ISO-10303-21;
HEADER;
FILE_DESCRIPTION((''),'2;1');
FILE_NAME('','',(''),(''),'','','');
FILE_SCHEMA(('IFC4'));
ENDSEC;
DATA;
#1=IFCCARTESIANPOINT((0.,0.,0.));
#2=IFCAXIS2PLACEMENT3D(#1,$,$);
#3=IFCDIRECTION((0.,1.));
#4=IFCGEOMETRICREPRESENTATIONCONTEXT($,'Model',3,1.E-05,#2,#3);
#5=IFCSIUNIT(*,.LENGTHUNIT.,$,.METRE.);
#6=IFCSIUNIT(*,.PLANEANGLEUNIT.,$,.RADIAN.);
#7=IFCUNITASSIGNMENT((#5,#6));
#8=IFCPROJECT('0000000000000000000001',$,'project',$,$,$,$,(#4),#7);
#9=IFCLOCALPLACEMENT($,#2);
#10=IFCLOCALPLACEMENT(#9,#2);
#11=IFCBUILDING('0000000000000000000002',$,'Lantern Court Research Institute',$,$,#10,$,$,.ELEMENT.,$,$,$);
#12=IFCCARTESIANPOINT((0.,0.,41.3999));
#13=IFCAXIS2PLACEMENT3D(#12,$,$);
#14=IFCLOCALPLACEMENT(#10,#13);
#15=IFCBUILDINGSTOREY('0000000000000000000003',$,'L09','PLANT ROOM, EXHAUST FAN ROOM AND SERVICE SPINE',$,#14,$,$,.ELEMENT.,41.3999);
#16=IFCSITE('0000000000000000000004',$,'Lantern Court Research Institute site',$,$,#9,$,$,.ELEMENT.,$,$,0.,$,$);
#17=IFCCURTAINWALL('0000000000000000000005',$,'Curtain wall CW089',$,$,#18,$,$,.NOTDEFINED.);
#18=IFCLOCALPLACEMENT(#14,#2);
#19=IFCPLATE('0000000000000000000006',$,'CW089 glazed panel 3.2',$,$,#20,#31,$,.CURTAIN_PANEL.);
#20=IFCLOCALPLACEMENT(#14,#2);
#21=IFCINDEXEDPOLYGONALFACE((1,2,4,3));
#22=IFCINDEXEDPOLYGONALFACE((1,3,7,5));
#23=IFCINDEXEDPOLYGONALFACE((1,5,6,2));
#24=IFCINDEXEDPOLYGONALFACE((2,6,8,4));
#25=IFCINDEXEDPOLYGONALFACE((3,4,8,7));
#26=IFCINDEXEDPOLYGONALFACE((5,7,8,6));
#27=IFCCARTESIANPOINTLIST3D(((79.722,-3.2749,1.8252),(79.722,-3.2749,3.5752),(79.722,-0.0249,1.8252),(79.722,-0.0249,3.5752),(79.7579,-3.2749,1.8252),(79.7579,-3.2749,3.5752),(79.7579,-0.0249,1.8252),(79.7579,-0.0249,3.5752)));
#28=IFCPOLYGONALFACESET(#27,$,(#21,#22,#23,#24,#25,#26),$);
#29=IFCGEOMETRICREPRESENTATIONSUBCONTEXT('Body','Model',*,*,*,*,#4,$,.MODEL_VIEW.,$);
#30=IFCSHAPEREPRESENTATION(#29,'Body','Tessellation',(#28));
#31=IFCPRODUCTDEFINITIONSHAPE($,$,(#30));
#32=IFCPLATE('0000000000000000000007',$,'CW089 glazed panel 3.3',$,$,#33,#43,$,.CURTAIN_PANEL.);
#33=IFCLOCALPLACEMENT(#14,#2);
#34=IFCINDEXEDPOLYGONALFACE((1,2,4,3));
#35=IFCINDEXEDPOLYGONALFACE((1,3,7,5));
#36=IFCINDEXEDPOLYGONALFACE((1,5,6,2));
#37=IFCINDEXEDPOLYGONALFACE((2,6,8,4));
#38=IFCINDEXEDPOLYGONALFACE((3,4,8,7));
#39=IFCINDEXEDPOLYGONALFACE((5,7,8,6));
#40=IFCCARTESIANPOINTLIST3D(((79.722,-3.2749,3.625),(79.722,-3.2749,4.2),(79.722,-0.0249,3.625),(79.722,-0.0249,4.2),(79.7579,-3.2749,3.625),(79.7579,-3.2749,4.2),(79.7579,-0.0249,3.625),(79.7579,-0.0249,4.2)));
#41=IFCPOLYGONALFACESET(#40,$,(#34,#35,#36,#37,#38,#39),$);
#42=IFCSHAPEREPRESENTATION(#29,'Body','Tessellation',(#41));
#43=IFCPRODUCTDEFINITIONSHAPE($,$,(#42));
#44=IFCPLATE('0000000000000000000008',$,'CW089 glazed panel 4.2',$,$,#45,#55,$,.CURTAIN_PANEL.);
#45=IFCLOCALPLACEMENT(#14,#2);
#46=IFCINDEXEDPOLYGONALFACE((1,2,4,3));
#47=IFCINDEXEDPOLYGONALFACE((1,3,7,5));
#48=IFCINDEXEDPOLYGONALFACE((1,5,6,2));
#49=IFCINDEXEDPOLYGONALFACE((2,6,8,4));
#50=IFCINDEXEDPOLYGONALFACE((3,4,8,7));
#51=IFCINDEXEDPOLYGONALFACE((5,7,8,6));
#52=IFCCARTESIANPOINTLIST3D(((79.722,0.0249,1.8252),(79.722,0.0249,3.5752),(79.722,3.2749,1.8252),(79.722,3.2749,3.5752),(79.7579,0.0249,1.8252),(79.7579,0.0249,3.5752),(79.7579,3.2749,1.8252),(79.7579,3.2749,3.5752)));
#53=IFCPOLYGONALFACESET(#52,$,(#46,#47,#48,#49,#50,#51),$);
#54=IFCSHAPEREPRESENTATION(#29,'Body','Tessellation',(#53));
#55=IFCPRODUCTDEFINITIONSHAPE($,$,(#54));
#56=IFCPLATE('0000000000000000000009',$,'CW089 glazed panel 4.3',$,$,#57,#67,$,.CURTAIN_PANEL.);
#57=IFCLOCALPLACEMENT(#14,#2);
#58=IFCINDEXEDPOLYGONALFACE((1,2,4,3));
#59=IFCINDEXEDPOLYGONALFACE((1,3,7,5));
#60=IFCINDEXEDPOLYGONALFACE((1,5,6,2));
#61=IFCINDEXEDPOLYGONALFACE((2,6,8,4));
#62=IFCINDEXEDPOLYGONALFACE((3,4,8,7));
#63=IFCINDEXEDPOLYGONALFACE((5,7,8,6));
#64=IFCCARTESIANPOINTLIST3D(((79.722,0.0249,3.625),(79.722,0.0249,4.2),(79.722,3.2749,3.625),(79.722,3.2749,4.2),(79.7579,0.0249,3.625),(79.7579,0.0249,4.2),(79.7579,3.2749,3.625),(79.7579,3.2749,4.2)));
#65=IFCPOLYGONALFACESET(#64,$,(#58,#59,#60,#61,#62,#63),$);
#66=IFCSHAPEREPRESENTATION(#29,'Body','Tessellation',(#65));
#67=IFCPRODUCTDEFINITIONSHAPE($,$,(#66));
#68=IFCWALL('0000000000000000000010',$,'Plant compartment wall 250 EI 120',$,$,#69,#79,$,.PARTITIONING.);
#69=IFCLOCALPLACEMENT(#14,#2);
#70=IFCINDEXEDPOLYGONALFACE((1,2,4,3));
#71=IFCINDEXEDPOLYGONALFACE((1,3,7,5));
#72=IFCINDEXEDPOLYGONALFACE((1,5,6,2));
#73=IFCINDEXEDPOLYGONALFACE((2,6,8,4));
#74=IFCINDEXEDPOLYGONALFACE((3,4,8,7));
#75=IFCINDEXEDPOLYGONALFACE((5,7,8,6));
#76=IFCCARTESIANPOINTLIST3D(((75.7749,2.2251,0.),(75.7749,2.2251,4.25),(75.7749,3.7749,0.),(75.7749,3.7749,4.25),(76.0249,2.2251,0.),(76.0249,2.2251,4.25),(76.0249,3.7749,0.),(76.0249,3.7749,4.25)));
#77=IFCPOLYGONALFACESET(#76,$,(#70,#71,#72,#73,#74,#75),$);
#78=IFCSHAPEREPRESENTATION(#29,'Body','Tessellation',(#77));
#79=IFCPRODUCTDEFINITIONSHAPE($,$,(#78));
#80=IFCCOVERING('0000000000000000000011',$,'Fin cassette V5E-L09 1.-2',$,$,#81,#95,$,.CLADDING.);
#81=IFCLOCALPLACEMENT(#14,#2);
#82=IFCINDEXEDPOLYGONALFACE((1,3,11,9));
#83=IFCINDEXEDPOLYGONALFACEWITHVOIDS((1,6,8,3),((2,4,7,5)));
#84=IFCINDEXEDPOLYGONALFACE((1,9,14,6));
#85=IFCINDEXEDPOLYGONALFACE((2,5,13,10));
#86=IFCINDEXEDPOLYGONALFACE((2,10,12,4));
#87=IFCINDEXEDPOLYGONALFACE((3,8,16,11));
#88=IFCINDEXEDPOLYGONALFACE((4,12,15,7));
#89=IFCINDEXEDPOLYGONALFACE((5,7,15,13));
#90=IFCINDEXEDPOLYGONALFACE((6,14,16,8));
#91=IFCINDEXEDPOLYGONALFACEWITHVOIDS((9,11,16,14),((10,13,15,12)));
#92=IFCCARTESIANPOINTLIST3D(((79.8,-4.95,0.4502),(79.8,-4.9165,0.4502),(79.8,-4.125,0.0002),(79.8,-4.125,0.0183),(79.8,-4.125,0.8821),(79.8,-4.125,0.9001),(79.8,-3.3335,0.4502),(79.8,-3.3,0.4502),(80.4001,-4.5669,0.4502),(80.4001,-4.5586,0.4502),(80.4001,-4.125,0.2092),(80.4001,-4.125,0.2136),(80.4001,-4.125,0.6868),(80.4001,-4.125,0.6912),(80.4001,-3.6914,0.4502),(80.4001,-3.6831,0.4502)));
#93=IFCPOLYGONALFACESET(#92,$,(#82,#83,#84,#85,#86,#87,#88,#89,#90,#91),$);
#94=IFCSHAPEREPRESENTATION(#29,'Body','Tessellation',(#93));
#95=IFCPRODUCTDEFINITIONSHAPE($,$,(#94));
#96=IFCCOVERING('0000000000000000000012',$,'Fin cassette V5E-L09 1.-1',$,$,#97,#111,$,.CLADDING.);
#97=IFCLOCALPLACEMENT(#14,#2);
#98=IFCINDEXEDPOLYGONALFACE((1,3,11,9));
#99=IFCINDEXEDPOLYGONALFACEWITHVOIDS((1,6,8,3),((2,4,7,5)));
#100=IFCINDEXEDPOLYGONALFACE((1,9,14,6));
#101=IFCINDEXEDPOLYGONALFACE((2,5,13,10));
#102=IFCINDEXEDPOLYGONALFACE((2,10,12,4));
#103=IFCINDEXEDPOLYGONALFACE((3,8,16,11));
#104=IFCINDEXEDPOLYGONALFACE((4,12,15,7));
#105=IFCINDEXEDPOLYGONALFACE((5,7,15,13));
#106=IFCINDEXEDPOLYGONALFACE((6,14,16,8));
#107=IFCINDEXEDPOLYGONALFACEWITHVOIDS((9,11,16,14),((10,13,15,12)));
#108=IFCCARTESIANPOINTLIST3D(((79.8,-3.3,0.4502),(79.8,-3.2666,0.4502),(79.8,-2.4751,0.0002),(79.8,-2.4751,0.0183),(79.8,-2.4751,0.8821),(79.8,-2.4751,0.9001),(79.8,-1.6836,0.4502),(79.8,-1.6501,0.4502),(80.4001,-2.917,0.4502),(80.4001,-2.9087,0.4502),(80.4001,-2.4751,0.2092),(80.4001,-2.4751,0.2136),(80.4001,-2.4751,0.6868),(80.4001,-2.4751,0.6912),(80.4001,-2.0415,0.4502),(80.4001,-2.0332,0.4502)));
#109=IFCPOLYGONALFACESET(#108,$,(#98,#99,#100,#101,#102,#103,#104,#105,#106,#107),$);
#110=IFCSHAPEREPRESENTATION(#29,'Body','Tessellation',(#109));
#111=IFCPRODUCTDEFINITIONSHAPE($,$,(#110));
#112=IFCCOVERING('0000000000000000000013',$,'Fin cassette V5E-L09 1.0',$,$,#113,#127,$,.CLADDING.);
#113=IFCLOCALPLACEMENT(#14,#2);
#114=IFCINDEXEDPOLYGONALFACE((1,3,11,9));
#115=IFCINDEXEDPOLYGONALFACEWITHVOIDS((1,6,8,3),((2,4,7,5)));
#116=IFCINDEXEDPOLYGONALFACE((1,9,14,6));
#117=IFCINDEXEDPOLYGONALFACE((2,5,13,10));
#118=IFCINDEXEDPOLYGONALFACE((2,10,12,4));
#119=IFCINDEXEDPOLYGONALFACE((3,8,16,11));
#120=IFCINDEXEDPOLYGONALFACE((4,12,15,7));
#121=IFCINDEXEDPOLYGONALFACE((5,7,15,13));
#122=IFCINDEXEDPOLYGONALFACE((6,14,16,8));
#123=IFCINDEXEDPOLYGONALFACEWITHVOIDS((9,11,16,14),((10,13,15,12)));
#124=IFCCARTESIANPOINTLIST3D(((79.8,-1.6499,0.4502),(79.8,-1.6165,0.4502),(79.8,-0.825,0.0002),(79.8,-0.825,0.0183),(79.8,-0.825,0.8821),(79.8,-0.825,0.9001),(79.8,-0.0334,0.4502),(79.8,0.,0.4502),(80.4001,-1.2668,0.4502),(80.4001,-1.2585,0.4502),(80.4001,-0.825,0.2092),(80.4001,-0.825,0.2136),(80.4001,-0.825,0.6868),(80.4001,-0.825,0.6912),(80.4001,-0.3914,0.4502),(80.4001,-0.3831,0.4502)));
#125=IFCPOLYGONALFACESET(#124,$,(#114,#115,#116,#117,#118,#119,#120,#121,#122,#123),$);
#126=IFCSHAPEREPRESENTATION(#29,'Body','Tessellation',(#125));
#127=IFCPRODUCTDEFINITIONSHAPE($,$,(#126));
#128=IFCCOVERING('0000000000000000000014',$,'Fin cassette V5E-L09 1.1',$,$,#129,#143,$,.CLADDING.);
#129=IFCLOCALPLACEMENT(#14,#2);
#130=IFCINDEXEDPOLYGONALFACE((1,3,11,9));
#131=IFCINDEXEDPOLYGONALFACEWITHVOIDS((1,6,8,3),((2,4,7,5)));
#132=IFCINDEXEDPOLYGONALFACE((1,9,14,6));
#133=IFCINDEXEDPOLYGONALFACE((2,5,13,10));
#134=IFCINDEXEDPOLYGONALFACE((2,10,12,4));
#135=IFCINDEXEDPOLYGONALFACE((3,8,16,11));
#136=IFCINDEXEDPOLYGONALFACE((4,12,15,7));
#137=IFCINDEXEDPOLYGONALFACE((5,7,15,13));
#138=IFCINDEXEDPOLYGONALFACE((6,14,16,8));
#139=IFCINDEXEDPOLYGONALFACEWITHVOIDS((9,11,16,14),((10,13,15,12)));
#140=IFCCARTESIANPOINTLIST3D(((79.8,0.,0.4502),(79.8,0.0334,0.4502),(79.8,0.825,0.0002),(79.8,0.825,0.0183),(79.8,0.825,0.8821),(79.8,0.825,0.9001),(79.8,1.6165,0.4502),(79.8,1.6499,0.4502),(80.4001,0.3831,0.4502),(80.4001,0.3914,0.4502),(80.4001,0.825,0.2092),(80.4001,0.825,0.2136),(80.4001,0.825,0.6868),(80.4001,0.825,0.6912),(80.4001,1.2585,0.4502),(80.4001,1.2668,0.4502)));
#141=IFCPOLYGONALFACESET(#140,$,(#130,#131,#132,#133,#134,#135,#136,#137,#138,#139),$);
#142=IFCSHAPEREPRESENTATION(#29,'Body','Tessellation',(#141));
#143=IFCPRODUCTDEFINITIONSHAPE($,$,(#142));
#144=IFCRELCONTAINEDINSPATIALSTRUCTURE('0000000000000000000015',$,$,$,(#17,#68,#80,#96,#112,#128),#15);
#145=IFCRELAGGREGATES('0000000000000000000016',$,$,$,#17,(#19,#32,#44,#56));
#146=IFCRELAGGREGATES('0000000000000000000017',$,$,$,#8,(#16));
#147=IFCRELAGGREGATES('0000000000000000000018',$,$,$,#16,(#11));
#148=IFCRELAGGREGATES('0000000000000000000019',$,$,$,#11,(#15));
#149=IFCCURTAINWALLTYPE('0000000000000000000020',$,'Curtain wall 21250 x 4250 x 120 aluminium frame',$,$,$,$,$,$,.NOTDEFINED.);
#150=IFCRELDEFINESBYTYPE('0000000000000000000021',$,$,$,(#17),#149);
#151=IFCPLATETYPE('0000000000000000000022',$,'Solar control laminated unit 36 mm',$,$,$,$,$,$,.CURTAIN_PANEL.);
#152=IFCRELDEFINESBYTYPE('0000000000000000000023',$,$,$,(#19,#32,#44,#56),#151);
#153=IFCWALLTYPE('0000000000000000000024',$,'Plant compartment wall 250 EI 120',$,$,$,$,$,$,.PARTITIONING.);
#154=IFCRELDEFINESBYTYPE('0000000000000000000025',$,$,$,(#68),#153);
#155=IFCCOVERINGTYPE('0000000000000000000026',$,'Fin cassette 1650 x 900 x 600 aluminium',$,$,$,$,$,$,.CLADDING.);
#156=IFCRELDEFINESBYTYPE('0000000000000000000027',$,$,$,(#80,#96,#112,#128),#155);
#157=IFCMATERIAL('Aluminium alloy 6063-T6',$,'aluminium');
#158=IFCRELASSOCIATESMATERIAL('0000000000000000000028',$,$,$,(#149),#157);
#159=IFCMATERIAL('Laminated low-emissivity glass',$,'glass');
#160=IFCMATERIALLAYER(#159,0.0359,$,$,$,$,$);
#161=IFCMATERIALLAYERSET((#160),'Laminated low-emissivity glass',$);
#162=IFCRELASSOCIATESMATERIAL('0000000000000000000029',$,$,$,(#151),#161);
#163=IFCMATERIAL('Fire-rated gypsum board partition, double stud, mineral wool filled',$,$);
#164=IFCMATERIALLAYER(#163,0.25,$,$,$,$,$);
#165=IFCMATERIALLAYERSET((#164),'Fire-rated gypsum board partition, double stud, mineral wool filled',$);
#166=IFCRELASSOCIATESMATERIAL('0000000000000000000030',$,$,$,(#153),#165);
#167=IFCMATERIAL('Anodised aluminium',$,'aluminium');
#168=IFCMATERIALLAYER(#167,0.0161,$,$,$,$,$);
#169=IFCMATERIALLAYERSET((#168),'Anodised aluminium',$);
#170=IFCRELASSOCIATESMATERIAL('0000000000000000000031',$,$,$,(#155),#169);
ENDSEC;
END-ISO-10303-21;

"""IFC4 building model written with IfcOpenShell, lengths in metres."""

from ifc_helpers import new_model, entity, si_unit, direction, frame, frame_2d, origin, origin_2d, place, context, subcontext, project, spatial, rectangle, extrude, material, layer, layer_set, type_object, element, aggregate, save


model = new_model("IFC4")

# Units and contexts
model_context = context("Model", 3, precision=1e-05, world=origin(), true_north=direction((0.0, 1.0)))
body_context = subcontext(model_context, "Body", "Model", "MODEL_VIEW")
ifc_project = project(units=[si_unit("LENGTHUNIT", "METRE"), si_unit("PLANEANGLEUNIT", "RADIAN")], contexts=[model_context])

# Site, building, storey
site_placement = place(None, origin())
site = spatial("IfcSite", under=ifc_project, at=site_placement, Name="Lantern Court Research Institute site", CompositionType="ELEMENT", RefElevation=0.0)
building_placement = place(site_placement, origin())
building = spatial("IfcBuilding", under=site, at=building_placement, Name="Lantern Court Research Institute", CompositionType="ELEMENT")
storey_placement = place(building_placement, frame((0.0, 0.0, 41.3999)))
storey = spatial("IfcBuildingStorey", under=building, at=storey_placement, Name="L09", Description="PLANT ROOM, EXHAUST FAN ROOM AND SERVICE SPINE", CompositionType="ELEMENT", Elevation=41.3999)

# Curtain wall
ifc_material_1 = material(Name="Aluminium alloy 6063-T6", Category="aluminium")
curtain_wall_type = type_object("IfcCurtainWallType", Name="Curtain wall 21250 x 4250 x 120 aluminium frame", PredefinedType="NOTDEFINED", material=ifc_material_1)
curtain_wall_placement = place(storey_placement, origin())
curtain_wall = element("IfcCurtainWall", 1, at=curtain_wall_placement, inside=storey, type_object=curtain_wall_type, Name="Curtain wall CW089", PredefinedType="NOTDEFINED")

# Plates
ifc_material_2 = material(Name="Laminated low-emissivity glass", Category="glass")
ifc_layer_1 = layer(ifc_material_2, 0.0359)
ifc_layer_set_1 = layer_set([ifc_layer_1], Name="Laminated low-emissivity glass")
plate_type_1 = type_object("IfcPlateType", Name="Solar control laminated unit 36 mm", PredefinedType="CURTAIN_PANEL", material=ifc_layer_set_1)
plate_1_placement = place(storey_placement, frame((79.74, -1.6499, 1.8252), z_axis=(0.0, 0.0, 1.0), x_axis=(0.0, -1.0, 0.0)))
plate_1 = element("IfcPlate", 2, at=plate_1_placement, type_object=plate_type_1, Name="CW089 glazed panel 3.2", PredefinedType="CURTAIN_PANEL", context=body_context, shape_type="SweptSolid", body=[
    extrude(rectangle(XDim=3.25, YDim=0.0359, at=origin_2d()), origin(), (0.0, 0.0, 1.0), 1.75),
])
plate_2_placement = place(storey_placement, frame((79.74, -1.6499, 3.625), z_axis=(0.0, 0.0, 1.0), x_axis=(0.0, -1.0, 0.0)))
plate_2 = element("IfcPlate", 3, at=plate_2_placement, type_object=plate_type_1, Name="CW089 glazed panel 3.3", PredefinedType="CURTAIN_PANEL", context=body_context, shape_type="SweptSolid", body=[
    extrude(rectangle(XDim=3.25, YDim=0.0359, at=origin_2d()), origin(), (0.0, 0.0, 1.0), 0.575),
])
plate_3_placement = place(storey_placement, frame((79.74, 1.6499, 1.8252), z_axis=(0.0, 0.0, 1.0), x_axis=(0.0, -1.0, 0.0)))
plate_3 = element("IfcPlate", 4, at=plate_3_placement, type_object=plate_type_1, Name="CW089 glazed panel 4.2", PredefinedType="CURTAIN_PANEL", context=body_context, shape_type="SweptSolid", body=[
    extrude(rectangle(XDim=3.25, YDim=0.0359, at=origin_2d()), origin(), (0.0, 0.0, 1.0), 1.75),
])
plate_4_placement = place(storey_placement, frame((79.74, 1.6499, 3.625), z_axis=(0.0, 0.0, 1.0), x_axis=(0.0, -1.0, 0.0)))
plate_4 = element("IfcPlate", 5, at=plate_4_placement, type_object=plate_type_1, Name="CW089 glazed panel 4.3", PredefinedType="CURTAIN_PANEL", context=body_context, shape_type="SweptSolid", body=[
    extrude(rectangle(XDim=3.25, YDim=0.0359, at=origin_2d()), origin(), (0.0, 0.0, 1.0), 0.575),
])
aggregate(curtain_wall, [plate_1, plate_2, plate_3, plate_4])

# Shared definitions
ifc_material_3 = material(Name="Fire-rated gypsum board partition, double stud, mineral wool filled")
ifc_layer_2 = layer(ifc_material_3, 0.25)
ifc_layer_set_2 = layer_set([ifc_layer_2], Name="Fire-rated gypsum board partition, double stud, mineral wool filled")
wall_type = type_object("IfcWallType", Name="Plant compartment wall 250 EI 120", PredefinedType="PARTITIONING", material=ifc_layer_set_2)

# Wall
wall_1_placement = place(storey_placement, frame((75.8999, 2.2251, 0.0), z_axis=(0.0, 0.0, 1.0), x_axis=(0.0, 1.0, 0.0)))
element("IfcWall", 6, at=wall_1_placement, inside=storey, type_object=wall_type, Name="Plant compartment wall 250 EI 120", PredefinedType="PARTITIONING", context=body_context, shape_type="SweptSolid", body=[
    extrude(rectangle(XDim=1.5498, YDim=0.25, at=frame_2d((0.7749, 0.0))), origin(), (0.0, 0.0, 1.0), 4.25),
])

# Coverings
ifc_material_4 = material(Name="Anodised aluminium", Category="aluminium")
ifc_layer_3 = layer(ifc_material_4, 0.0161)
ifc_layer_set_3 = layer_set([ifc_layer_3], Name="Anodised aluminium")
covering_type = type_object("IfcCoveringType", Name="Fin cassette 1650 x 900 x 600 aluminium", PredefinedType="CLADDING", material=ifc_layer_set_3)
covering_1_placement = place(storey_placement, frame((79.8, -4.125, 0.4502), z_axis=(1.0, 0.0, 0.0), x_axis=(0.0, 1.0, 0.0)))
cartesian_point_1 = entity("IfcCartesianPoint", [0.825, 0.0])
cartesian_point_2 = entity("IfcCartesianPoint", [0.7915, 0.0])
cartesian_point_3 = entity("IfcCartesianPoint", [0.4419, 0.0])
cartesian_point_4 = entity("IfcCartesianPoint", [0.4336, 0.0])
element("IfcCovering", 7, at=covering_1_placement, inside=storey, type_object=covering_type, Name="Fin cassette V5E-L09 1.-2", PredefinedType="CLADDING", context=body_context, shape_type="SweptSolid", body=[
    entity("IfcExtrudedAreaSolidTapered", entity("IfcArbitraryProfileDefWithVoids", "AREA", None, entity("IfcPolyline", [cartesian_point_1, entity("IfcCartesianPoint", [0.0, 0.45]), entity("IfcCartesianPoint", [-0.825, 0.0]), entity("IfcCartesianPoint", [0.0, -0.45]), cartesian_point_1]), [entity("IfcPolyline", [cartesian_point_2, entity("IfcCartesianPoint", [0.0, 0.4319]), entity("IfcCartesianPoint", [-0.7915, 0.0]), entity("IfcCartesianPoint", [0.0, -0.4319]), cartesian_point_2])]), entity("IfcAxis2Placement3D", entity("IfcCartesianPoint", [0.0, 0.0, 0.0])), entity("IfcDirection", [0.0, 0.0, 1.0]), 0.6001, entity("IfcArbitraryProfileDefWithVoids", "AREA", None, entity("IfcPolyline", [cartesian_point_3, entity("IfcCartesianPoint", [0.0, 0.241]), entity("IfcCartesianPoint", [-0.4419, 0.0]), entity("IfcCartesianPoint", [0.0, -0.241]), cartesian_point_3]), [entity("IfcPolyline", [cartesian_point_4, entity("IfcCartesianPoint", [0.0, 0.2366]), entity("IfcCartesianPoint", [-0.4336, 0.0]), entity("IfcCartesianPoint", [0.0, -0.2366]), cartesian_point_4])])),
])
covering_2_placement = place(storey_placement, frame((79.8, -2.4751, 0.4502), z_axis=(1.0, 0.0, 0.0), x_axis=(0.0, 1.0, 0.0)))
cartesian_point_5 = entity("IfcCartesianPoint", [0.825, 0.0])
cartesian_point_6 = entity("IfcCartesianPoint", [0.7915, 0.0])
cartesian_point_7 = entity("IfcCartesianPoint", [0.4419, 0.0])
cartesian_point_8 = entity("IfcCartesianPoint", [0.4336, 0.0])
element("IfcCovering", 8, at=covering_2_placement, inside=storey, type_object=covering_type, Name="Fin cassette V5E-L09 1.-1", PredefinedType="CLADDING", context=body_context, shape_type="SweptSolid", body=[
    entity("IfcExtrudedAreaSolidTapered", entity("IfcArbitraryProfileDefWithVoids", "AREA", None, entity("IfcPolyline", [cartesian_point_5, entity("IfcCartesianPoint", [0.0, 0.45]), entity("IfcCartesianPoint", [-0.825, 0.0]), entity("IfcCartesianPoint", [0.0, -0.45]), cartesian_point_5]), [entity("IfcPolyline", [cartesian_point_6, entity("IfcCartesianPoint", [0.0, 0.4319]), entity("IfcCartesianPoint", [-0.7915, 0.0]), entity("IfcCartesianPoint", [0.0, -0.4319]), cartesian_point_6])]), entity("IfcAxis2Placement3D", entity("IfcCartesianPoint", [0.0, 0.0, 0.0])), entity("IfcDirection", [0.0, 0.0, 1.0]), 0.6001, entity("IfcArbitraryProfileDefWithVoids", "AREA", None, entity("IfcPolyline", [cartesian_point_7, entity("IfcCartesianPoint", [0.0, 0.241]), entity("IfcCartesianPoint", [-0.4419, 0.0]), entity("IfcCartesianPoint", [0.0, -0.241]), cartesian_point_7]), [entity("IfcPolyline", [cartesian_point_8, entity("IfcCartesianPoint", [0.0, 0.2366]), entity("IfcCartesianPoint", [-0.4336, 0.0]), entity("IfcCartesianPoint", [0.0, -0.2366]), cartesian_point_8])])),
])
covering_3_placement = place(storey_placement, frame((79.8, -0.825, 0.4502), z_axis=(1.0, 0.0, 0.0), x_axis=(0.0, 1.0, 0.0)))
cartesian_point_9 = entity("IfcCartesianPoint", [0.825, 0.0])
cartesian_point_10 = entity("IfcCartesianPoint", [0.7915, 0.0])
cartesian_point_11 = entity("IfcCartesianPoint", [0.4419, 0.0])
cartesian_point_12 = entity("IfcCartesianPoint", [0.4336, 0.0])
element("IfcCovering", 9, at=covering_3_placement, inside=storey, type_object=covering_type, Name="Fin cassette V5E-L09 1.0", PredefinedType="CLADDING", context=body_context, shape_type="SweptSolid", body=[
    entity("IfcExtrudedAreaSolidTapered", entity("IfcArbitraryProfileDefWithVoids", "AREA", None, entity("IfcPolyline", [cartesian_point_9, entity("IfcCartesianPoint", [0.0, 0.45]), entity("IfcCartesianPoint", [-0.825, 0.0]), entity("IfcCartesianPoint", [0.0, -0.45]), cartesian_point_9]), [entity("IfcPolyline", [cartesian_point_10, entity("IfcCartesianPoint", [0.0, 0.4319]), entity("IfcCartesianPoint", [-0.7915, 0.0]), entity("IfcCartesianPoint", [0.0, -0.4319]), cartesian_point_10])]), entity("IfcAxis2Placement3D", entity("IfcCartesianPoint", [0.0, 0.0, 0.0])), entity("IfcDirection", [0.0, 0.0, 1.0]), 0.6001, entity("IfcArbitraryProfileDefWithVoids", "AREA", None, entity("IfcPolyline", [cartesian_point_11, entity("IfcCartesianPoint", [0.0, 0.241]), entity("IfcCartesianPoint", [-0.4419, 0.0]), entity("IfcCartesianPoint", [0.0, -0.241]), cartesian_point_11]), [entity("IfcPolyline", [cartesian_point_12, entity("IfcCartesianPoint", [0.0, 0.2366]), entity("IfcCartesianPoint", [-0.4336, 0.0]), entity("IfcCartesianPoint", [0.0, -0.2366]), cartesian_point_12])])),
])
covering_4_placement = place(storey_placement, frame((79.8, 0.825, 0.4502), z_axis=(1.0, 0.0, 0.0), x_axis=(0.0, 1.0, 0.0)))
cartesian_point_13 = entity("IfcCartesianPoint", [0.825, 0.0])
cartesian_point_14 = entity("IfcCartesianPoint", [0.7915, 0.0])
cartesian_point_15 = entity("IfcCartesianPoint", [0.4419, 0.0])
cartesian_point_16 = entity("IfcCartesianPoint", [0.4336, 0.0])
element("IfcCovering", 10, at=covering_4_placement, inside=storey, type_object=covering_type, Name="Fin cassette V5E-L09 1.1", PredefinedType="CLADDING", context=body_context, shape_type="SweptSolid", body=[
    entity("IfcExtrudedAreaSolidTapered", entity("IfcArbitraryProfileDefWithVoids", "AREA", None, entity("IfcPolyline", [cartesian_point_13, entity("IfcCartesianPoint", [0.0, 0.45]), entity("IfcCartesianPoint", [-0.825, 0.0]), entity("IfcCartesianPoint", [0.0, -0.45]), cartesian_point_13]), [entity("IfcPolyline", [cartesian_point_14, entity("IfcCartesianPoint", [0.0, 0.4319]), entity("IfcCartesianPoint", [-0.7915, 0.0]), entity("IfcCartesianPoint", [0.0, -0.4319]), cartesian_point_14])]), entity("IfcAxis2Placement3D", entity("IfcCartesianPoint", [0.0, 0.0, 0.0])), entity("IfcDirection", [0.0, 0.0, 1.0]), 0.6001, entity("IfcArbitraryProfileDefWithVoids", "AREA", None, entity("IfcPolyline", [cartesian_point_15, entity("IfcCartesianPoint", [0.0, 0.241]), entity("IfcCartesianPoint", [-0.4419, 0.0]), entity("IfcCartesianPoint", [0.0, -0.241]), cartesian_point_15]), [entity("IfcPolyline", [cartesian_point_16, entity("IfcCartesianPoint", [0.0, 0.2366]), entity("IfcCartesianPoint", [-0.4336, 0.0]), entity("IfcCartesianPoint", [0.0, -0.2366]), cartesian_point_16])])),
])

save(model, "model.ifc")
